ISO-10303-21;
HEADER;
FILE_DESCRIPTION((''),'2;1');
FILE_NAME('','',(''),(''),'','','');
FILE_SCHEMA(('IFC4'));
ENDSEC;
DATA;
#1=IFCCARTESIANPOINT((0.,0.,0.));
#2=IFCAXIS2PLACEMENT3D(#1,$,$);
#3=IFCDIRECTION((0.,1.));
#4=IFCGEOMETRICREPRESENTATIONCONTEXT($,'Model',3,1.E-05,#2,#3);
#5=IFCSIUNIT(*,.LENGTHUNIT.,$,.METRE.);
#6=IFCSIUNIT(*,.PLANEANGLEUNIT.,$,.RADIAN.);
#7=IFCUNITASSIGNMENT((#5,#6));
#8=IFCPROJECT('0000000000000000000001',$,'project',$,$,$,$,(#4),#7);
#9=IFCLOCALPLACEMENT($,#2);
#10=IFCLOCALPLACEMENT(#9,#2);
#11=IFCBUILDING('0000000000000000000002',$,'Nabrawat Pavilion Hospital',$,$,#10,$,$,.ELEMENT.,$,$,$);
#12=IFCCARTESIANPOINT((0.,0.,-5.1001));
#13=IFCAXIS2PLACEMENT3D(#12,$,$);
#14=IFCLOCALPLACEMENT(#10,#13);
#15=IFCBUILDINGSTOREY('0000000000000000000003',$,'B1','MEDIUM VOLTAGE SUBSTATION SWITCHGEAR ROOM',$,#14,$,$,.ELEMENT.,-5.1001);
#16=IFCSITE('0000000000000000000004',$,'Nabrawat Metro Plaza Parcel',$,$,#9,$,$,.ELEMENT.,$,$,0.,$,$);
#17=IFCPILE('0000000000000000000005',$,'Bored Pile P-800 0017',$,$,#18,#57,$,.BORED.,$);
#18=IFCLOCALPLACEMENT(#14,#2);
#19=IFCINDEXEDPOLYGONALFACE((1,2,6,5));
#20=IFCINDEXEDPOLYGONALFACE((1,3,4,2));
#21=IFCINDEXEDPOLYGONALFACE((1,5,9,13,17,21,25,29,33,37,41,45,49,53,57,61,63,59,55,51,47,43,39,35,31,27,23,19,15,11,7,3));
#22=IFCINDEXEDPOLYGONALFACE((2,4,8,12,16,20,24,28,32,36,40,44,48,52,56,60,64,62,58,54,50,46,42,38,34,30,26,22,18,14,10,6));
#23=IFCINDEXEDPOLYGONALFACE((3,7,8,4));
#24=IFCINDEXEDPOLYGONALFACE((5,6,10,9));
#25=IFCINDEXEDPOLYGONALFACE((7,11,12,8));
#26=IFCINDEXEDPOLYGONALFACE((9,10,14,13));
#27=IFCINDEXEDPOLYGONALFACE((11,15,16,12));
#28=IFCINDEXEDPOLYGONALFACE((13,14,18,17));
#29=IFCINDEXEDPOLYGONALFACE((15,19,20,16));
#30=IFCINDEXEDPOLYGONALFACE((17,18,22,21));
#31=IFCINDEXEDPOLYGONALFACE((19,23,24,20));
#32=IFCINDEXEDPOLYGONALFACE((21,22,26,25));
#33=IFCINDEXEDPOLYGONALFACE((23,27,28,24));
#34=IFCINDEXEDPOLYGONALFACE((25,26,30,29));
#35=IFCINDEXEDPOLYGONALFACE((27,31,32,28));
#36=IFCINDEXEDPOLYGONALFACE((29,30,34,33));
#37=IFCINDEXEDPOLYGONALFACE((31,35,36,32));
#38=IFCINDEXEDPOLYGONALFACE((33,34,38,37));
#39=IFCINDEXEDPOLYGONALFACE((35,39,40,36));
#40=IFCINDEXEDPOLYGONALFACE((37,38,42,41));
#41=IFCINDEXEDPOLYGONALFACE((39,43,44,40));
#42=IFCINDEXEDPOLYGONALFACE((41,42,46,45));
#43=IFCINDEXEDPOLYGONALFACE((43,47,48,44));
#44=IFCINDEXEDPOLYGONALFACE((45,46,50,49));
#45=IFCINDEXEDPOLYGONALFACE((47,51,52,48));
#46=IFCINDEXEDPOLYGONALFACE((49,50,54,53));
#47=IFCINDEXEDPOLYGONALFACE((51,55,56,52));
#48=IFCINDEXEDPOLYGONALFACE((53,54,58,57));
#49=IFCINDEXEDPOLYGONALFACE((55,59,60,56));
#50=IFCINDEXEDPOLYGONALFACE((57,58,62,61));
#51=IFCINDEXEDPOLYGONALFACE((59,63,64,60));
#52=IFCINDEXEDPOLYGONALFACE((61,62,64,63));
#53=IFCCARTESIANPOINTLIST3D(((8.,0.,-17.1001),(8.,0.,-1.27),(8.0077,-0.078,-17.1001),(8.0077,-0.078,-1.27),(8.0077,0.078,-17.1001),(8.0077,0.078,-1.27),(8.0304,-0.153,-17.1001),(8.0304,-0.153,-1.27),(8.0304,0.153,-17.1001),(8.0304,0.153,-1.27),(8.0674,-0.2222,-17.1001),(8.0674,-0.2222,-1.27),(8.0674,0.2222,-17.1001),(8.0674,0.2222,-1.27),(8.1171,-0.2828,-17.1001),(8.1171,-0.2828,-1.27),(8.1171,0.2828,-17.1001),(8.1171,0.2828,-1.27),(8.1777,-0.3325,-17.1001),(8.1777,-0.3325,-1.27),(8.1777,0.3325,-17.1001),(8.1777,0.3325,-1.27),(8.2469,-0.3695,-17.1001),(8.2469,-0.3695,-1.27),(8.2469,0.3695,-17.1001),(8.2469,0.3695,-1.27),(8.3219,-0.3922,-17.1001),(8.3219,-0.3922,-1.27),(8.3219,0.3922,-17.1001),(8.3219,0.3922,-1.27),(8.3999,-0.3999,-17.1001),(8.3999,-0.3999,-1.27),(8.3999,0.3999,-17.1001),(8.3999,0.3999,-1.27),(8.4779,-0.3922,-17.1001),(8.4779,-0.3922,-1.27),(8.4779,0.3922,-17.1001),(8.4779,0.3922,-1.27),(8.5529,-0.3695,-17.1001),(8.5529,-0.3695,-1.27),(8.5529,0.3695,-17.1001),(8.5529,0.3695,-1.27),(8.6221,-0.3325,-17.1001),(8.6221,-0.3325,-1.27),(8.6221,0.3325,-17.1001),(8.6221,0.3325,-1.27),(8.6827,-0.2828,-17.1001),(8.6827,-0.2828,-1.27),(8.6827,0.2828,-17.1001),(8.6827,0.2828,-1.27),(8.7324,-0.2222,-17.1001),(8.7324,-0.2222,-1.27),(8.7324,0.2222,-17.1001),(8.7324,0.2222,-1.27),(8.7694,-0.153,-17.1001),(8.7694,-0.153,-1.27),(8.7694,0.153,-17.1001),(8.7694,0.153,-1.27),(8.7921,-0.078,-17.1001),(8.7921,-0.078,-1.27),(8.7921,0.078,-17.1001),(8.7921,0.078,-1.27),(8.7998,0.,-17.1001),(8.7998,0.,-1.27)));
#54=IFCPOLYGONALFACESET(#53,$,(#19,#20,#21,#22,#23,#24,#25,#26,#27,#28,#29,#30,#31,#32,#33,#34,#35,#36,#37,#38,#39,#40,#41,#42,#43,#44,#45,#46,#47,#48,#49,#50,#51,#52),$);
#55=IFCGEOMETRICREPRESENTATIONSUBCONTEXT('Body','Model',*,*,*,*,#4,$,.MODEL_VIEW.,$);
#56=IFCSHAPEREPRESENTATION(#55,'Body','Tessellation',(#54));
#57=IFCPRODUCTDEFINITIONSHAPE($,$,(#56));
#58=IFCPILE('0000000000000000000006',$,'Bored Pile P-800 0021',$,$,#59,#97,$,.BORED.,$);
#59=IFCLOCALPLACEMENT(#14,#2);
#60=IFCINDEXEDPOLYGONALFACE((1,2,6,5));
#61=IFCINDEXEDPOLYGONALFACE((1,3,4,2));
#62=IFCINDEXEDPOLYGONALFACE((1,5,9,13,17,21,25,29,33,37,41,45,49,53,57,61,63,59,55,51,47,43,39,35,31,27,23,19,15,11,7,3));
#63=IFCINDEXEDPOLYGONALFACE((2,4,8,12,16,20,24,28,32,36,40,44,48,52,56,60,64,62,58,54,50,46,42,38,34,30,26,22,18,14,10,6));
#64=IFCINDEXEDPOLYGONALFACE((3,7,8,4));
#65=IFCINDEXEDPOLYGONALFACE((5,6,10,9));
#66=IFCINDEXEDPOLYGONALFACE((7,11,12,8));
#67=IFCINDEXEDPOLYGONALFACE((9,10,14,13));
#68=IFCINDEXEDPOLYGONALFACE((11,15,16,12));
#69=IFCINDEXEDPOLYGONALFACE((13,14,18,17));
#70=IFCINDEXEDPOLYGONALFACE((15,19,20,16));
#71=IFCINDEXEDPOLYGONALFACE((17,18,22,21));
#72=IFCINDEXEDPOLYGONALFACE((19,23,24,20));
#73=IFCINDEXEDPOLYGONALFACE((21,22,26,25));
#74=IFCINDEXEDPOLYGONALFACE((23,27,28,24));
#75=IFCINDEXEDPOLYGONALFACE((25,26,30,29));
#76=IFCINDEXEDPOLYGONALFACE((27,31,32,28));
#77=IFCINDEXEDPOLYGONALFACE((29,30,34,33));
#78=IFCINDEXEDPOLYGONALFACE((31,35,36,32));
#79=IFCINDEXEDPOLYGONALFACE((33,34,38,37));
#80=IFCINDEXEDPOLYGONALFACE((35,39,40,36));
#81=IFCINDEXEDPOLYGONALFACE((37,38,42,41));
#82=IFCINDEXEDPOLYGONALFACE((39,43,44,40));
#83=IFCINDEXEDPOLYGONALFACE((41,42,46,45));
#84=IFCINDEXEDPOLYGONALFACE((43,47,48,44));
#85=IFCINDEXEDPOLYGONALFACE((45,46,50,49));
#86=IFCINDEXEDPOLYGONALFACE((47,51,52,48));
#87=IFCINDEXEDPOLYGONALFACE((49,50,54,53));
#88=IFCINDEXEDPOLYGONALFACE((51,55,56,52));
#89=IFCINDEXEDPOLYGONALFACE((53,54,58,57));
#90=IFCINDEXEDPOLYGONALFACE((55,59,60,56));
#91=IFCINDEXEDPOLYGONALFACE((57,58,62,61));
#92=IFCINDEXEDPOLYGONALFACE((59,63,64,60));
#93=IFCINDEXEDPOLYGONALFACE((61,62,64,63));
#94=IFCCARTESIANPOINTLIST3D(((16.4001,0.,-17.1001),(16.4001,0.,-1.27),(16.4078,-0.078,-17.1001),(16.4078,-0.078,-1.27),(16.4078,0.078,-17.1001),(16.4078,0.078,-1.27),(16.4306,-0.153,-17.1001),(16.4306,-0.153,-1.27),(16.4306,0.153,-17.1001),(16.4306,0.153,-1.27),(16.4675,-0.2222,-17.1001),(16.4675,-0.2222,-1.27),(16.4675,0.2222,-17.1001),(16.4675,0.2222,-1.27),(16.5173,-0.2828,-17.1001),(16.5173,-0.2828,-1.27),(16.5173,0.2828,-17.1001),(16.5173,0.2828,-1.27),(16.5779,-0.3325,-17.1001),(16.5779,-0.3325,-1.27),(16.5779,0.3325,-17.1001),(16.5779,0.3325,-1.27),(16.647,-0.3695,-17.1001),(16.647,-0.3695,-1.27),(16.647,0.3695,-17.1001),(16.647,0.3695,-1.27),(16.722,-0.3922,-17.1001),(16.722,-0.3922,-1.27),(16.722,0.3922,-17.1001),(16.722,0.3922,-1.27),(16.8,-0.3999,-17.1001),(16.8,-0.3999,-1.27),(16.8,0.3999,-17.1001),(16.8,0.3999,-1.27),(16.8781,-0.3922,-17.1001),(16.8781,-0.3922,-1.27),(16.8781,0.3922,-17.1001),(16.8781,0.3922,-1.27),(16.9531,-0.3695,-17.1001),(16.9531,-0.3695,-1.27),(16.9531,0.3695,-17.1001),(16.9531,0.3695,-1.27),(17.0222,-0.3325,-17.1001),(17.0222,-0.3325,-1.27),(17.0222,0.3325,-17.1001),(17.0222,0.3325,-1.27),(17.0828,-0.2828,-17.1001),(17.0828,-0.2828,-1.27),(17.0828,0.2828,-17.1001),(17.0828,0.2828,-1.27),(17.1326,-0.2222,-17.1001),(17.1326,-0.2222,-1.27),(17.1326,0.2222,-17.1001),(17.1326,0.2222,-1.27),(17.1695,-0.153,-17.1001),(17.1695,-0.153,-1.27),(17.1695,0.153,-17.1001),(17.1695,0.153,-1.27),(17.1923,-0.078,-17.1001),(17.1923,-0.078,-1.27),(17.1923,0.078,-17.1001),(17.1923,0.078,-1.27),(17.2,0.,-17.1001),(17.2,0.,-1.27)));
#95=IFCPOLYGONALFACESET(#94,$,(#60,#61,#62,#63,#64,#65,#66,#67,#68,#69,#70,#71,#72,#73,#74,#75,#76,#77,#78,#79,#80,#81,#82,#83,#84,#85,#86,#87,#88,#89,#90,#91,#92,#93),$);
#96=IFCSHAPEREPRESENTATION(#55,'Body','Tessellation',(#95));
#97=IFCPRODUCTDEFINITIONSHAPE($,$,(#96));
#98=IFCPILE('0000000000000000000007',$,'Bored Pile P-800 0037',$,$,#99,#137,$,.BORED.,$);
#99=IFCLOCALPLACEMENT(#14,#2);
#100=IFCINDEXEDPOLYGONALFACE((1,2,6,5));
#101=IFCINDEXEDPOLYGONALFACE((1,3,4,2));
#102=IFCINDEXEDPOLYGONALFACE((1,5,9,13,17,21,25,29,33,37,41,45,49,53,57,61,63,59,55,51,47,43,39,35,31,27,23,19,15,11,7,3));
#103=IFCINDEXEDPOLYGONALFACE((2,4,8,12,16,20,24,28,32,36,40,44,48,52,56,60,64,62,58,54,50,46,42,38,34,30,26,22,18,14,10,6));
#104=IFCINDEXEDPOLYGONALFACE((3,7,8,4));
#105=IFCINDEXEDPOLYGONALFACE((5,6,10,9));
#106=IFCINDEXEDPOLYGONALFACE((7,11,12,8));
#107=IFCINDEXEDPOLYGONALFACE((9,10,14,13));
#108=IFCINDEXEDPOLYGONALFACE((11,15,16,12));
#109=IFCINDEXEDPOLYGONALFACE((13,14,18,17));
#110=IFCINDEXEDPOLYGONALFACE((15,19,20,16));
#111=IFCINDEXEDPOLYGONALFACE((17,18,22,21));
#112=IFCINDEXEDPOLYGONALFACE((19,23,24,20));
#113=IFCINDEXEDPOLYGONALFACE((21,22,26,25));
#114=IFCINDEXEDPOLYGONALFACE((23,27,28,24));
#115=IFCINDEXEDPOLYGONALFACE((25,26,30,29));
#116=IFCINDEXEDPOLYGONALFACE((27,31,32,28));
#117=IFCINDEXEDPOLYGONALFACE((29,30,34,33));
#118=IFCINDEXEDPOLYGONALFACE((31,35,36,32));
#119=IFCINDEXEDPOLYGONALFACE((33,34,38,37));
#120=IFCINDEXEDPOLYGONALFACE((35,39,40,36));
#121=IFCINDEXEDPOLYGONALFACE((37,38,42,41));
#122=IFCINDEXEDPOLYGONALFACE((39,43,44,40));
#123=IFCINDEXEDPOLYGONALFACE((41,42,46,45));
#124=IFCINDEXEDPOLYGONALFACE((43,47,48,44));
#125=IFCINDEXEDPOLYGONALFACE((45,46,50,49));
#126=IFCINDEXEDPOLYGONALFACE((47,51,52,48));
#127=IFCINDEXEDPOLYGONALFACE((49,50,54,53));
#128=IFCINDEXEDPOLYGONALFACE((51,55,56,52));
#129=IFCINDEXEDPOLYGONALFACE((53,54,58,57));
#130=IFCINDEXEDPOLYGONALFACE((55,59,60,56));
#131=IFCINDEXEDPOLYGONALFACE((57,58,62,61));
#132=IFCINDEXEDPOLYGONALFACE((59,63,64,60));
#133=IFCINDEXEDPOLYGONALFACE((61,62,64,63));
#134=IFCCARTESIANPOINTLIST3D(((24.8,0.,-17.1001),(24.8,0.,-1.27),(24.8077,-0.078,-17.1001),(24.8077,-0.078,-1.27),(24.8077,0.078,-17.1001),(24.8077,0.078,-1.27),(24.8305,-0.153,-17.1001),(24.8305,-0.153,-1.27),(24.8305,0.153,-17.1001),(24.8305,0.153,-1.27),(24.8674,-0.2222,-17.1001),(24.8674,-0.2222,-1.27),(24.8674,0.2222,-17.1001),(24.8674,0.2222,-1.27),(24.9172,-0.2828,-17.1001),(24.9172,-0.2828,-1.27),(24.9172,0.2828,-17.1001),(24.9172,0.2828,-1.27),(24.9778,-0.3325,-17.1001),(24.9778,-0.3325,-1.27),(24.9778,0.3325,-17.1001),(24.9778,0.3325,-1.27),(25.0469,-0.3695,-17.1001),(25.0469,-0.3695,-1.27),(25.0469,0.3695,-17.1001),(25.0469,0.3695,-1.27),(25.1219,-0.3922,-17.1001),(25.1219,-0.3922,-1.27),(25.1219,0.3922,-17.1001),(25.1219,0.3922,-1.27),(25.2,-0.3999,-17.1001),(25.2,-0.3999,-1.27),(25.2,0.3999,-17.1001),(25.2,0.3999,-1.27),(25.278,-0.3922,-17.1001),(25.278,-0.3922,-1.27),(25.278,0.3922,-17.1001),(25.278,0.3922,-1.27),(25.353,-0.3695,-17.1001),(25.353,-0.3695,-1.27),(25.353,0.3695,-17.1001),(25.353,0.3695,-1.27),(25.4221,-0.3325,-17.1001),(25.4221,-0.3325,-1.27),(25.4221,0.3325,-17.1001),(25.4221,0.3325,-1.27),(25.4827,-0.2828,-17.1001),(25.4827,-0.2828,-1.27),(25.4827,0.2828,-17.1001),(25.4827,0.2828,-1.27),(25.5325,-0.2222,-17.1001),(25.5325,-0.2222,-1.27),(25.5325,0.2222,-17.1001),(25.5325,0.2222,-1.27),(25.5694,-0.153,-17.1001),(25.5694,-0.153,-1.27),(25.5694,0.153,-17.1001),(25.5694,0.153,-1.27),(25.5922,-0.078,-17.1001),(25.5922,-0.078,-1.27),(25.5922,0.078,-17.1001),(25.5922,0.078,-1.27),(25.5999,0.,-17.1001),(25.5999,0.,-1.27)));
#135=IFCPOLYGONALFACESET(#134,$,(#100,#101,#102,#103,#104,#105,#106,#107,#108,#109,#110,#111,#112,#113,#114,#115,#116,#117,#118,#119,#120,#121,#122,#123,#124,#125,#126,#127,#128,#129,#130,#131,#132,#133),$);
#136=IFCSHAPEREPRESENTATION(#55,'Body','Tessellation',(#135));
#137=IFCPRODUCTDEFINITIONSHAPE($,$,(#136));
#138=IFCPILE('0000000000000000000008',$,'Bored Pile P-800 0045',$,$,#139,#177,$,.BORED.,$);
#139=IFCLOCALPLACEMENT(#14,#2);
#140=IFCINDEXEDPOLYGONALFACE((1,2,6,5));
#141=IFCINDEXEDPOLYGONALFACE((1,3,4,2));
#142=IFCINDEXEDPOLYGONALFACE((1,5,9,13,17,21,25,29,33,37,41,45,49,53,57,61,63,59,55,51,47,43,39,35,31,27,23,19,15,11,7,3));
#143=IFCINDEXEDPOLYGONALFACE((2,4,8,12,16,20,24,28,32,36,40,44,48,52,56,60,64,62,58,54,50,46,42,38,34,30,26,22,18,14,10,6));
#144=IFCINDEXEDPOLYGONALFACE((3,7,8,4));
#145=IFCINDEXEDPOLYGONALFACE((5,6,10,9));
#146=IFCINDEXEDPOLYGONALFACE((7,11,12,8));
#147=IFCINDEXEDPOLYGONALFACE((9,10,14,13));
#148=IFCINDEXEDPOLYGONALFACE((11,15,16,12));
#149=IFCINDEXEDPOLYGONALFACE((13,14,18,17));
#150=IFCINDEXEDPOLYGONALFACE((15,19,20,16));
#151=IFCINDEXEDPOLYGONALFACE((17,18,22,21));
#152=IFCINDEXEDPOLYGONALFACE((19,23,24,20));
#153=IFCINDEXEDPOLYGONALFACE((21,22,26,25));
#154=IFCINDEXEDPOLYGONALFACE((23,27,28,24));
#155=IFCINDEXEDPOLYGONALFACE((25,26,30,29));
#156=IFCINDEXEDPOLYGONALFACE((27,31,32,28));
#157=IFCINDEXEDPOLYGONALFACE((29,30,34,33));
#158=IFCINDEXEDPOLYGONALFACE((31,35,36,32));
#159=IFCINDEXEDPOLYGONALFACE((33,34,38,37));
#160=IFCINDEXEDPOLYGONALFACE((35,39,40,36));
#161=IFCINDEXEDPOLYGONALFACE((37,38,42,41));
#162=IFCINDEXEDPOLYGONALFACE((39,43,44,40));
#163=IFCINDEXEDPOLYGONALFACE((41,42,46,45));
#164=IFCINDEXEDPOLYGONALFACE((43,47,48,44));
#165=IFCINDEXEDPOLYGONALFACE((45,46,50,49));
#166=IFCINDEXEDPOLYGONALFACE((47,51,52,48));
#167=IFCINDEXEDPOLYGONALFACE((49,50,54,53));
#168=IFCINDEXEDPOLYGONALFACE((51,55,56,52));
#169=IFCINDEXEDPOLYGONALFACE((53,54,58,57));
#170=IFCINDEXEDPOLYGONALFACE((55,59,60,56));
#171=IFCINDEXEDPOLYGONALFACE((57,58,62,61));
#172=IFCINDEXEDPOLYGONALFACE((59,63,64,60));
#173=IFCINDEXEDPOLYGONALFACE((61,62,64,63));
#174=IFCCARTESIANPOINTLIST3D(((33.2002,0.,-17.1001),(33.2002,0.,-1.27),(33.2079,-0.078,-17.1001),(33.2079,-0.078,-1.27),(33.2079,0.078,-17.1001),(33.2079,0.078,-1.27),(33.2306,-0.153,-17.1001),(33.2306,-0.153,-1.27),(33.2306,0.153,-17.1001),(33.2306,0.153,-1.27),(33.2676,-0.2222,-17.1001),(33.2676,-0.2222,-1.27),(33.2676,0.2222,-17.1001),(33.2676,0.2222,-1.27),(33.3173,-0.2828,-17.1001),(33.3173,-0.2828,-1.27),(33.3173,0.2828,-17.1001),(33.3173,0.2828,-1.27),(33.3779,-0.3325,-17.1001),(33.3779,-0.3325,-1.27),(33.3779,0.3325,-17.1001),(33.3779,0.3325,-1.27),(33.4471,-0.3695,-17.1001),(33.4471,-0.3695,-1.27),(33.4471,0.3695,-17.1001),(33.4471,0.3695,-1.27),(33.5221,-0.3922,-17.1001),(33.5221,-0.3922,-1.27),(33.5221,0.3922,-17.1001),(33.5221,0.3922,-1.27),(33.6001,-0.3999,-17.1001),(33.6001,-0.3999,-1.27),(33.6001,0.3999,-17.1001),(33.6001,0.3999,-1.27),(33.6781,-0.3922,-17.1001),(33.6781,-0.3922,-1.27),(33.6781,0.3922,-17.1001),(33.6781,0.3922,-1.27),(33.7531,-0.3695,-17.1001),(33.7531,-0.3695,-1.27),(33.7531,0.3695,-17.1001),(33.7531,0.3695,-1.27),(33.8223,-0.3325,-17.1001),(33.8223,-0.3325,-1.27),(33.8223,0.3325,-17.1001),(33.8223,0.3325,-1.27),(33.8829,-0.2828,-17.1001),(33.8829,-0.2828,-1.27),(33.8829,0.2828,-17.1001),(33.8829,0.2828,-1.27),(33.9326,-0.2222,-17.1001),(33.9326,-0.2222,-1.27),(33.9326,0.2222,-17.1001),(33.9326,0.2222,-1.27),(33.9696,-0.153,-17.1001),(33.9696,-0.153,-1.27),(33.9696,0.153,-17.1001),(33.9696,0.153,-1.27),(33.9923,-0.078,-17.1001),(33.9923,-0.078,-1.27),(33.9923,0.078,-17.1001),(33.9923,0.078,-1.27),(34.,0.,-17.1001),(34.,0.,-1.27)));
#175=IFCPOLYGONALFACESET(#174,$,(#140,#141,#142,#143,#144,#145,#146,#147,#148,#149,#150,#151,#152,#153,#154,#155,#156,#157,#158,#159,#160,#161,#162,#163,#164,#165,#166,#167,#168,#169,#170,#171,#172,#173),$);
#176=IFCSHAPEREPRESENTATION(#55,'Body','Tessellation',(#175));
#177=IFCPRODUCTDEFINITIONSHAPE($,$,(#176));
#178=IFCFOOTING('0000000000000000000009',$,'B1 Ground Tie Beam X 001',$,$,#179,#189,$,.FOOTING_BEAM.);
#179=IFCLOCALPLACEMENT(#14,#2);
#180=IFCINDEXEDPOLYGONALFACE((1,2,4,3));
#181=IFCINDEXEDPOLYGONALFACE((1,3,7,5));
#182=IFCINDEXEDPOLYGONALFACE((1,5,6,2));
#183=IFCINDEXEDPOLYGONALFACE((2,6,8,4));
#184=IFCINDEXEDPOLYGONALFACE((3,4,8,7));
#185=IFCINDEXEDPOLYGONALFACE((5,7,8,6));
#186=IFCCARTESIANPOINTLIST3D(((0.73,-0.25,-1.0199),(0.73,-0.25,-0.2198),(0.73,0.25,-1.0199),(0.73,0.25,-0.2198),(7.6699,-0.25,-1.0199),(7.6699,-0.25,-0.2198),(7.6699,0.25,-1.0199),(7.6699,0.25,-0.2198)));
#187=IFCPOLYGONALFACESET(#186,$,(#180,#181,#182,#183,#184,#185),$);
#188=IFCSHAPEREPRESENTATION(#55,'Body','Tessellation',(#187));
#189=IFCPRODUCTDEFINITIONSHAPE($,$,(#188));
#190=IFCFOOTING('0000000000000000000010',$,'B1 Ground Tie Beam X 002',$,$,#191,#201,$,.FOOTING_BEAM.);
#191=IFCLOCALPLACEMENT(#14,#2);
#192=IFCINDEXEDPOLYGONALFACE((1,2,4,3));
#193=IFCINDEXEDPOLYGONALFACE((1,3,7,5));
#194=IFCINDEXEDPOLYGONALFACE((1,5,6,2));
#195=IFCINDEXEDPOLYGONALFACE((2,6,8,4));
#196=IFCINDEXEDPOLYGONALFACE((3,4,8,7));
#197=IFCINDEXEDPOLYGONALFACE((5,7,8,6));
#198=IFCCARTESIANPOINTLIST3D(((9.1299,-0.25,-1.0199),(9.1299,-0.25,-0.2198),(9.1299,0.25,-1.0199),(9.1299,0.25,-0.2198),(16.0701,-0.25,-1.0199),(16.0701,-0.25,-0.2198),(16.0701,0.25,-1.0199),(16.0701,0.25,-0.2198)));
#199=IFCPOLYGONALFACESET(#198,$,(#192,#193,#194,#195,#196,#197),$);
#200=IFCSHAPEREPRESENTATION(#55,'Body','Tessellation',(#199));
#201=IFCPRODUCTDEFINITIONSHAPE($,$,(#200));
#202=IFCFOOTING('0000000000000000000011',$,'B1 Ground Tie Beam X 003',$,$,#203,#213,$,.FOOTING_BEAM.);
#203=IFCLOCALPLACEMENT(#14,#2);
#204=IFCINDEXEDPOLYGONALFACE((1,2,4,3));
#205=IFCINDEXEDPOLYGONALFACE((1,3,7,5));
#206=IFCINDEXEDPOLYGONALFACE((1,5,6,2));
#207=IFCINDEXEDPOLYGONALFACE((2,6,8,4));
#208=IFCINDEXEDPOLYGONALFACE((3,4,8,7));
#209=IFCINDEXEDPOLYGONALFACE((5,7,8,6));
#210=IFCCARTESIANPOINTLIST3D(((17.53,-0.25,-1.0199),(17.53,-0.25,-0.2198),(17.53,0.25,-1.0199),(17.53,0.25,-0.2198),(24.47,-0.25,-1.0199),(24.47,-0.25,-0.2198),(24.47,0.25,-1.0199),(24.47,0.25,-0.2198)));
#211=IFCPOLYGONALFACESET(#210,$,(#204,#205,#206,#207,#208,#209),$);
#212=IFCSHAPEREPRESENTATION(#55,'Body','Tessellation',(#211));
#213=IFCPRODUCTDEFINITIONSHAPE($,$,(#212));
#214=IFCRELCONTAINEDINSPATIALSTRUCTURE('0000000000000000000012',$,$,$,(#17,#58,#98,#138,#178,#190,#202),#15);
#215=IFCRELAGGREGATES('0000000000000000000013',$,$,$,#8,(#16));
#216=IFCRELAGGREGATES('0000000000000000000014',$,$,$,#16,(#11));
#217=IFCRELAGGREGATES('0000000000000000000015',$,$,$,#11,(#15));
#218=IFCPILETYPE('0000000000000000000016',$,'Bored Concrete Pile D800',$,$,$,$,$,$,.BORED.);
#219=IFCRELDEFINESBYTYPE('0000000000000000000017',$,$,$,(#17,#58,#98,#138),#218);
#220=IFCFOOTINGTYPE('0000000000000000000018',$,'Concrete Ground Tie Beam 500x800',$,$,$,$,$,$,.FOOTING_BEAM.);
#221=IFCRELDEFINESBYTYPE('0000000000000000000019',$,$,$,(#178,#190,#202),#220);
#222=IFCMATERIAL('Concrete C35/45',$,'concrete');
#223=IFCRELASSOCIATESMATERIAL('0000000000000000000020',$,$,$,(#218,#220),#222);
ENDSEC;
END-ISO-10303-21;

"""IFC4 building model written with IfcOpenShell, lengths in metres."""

from ifc_helpers import new_model, si_unit, direction, frame, origin, origin_2d, place, context, subcontext, project, spatial, rectangle, circle, extrude, material, material_profile, profile_set, type_object, element, save


model = new_model("IFC4")

# Units and contexts
model_context = context("Model", 3, precision=1e-05, world=origin(), true_north=direction((0.0, 1.0)))
body_context = subcontext(model_context, "Body", "Model", "MODEL_VIEW")
ifc_project = project(units=[si_unit("LENGTHUNIT", "METRE"), si_unit("PLANEANGLEUNIT", "RADIAN")], contexts=[model_context])

# Site, building, storey
site_placement = place(None, origin())
site = spatial("IfcSite", under=ifc_project, at=site_placement, Name="Nabrawat Metro Plaza Parcel", CompositionType="ELEMENT", RefElevation=0.0)
building_placement = place(site_placement, origin())
building = spatial("IfcBuilding", under=site, at=building_placement, Name="Nabrawat Pavilion Hospital", CompositionType="ELEMENT")
storey_placement = place(building_placement, frame((0.0, 0.0, -5.1001)))
storey = spatial("IfcBuildingStorey", under=building, at=storey_placement, Name="B1", Description="MEDIUM VOLTAGE SUBSTATION SWITCHGEAR ROOM", CompositionType="ELEMENT", Elevation=-5.1001)

# Piles
ifc_material_1 = material(Name="Concrete C35/45", Category="concrete")
ifc_material_profile_1 = material_profile(ifc_material_1, circle(Radius=0.3999, at=origin_2d()), Name="DIA 800")
ifc_profile_set_1 = profile_set([ifc_material_profile_1], Name="Concrete C35/45")
pile_type = type_object("IfcPileType", Name="Bored Concrete Pile D800", PredefinedType="BORED", material=ifc_profile_set_1)
for number, where, z_axis, x_axis, name in (
    (1, (8.3999, 0.0, -1.27), (0.0, 0.0, -1.0), (1.0, 0.0, 0.0), "Bored Pile P-800 0017"),
    (2, (16.8, 0.0, -1.27), (0.0, 0.0, -1.0), (1.0, 0.0, 0.0), "Bored Pile P-800 0021"),
    (3, (25.2, 0.0, -1.27), (0.0, 0.0, -1.0), (1.0, 0.0, 0.0), "Bored Pile P-800 0037"),
    (4, (33.6001, 0.0, -1.27), (0.0, 0.0, -1.0), (1.0, 0.0, 0.0), "Bored Pile P-800 0045"),
):
    element("IfcPile", number, at=place(storey_placement, frame(where, z_axis=z_axis, x_axis=x_axis)), inside=storey, type_object=pile_type, Name=name, PredefinedType="BORED", context=body_context, shape_type="SweptSolid", body=[
        extrude(circle(Radius=0.3999, at=origin_2d()), origin(), (0.0, 0.0, 1.0), 15.8301),
    ])

# Footings
ifc_material_profile_2 = material_profile(ifc_material_1, rectangle(XDim=0.5, YDim=0.8, at=origin_2d()), Name="RC 500x800")
ifc_profile_set_2 = profile_set([ifc_material_profile_2], Name="Concrete C35/45")
footing_type = type_object("IfcFootingType", Name="Concrete Ground Tie Beam 500x800", PredefinedType="FOOTING_BEAM", material=ifc_profile_set_2)
footing_1_placement = place(storey_placement, frame((0.73, 0.0, -0.6199), z_axis=(1.0, 0.0, 0.0), x_axis=(0.0, 1.0, 0.0)))
element("IfcFooting", 5, at=footing_1_placement, inside=storey, type_object=footing_type, Name="B1 Ground Tie Beam X 001", PredefinedType="FOOTING_BEAM", context=body_context, shape_type="SweptSolid", body=[
    extrude(rectangle(XDim=0.5, YDim=0.8, at=origin_2d()), origin(), (0.0, 0.0, 1.0), 6.9399),
])
footing_2_placement = place(storey_placement, frame((9.1299, 0.0, -0.6199), z_axis=(1.0, 0.0, 0.0), x_axis=(0.0, 1.0, 0.0)))
element("IfcFooting", 6, at=footing_2_placement, inside=storey, type_object=footing_type, Name="B1 Ground Tie Beam X 002", PredefinedType="FOOTING_BEAM", context=body_context, shape_type="SweptSolid", body=[
    extrude(rectangle(XDim=0.5, YDim=0.8, at=origin_2d()), origin(), (0.0, 0.0, 1.0), 6.9402),
])
footing_3_placement = place(storey_placement, frame((17.53, 0.0, -0.6199), z_axis=(1.0, 0.0, 0.0), x_axis=(0.0, 1.0, 0.0)))
element("IfcFooting", 7, at=footing_3_placement, inside=storey, type_object=footing_type, Name="B1 Ground Tie Beam X 003", PredefinedType="FOOTING_BEAM", context=body_context, shape_type="SweptSolid", body=[
    extrude(rectangle(XDim=0.5, YDim=0.8, at=origin_2d()), origin(), (0.0, 0.0, 1.0), 6.9399),
])

save(model, "model.ifc")
